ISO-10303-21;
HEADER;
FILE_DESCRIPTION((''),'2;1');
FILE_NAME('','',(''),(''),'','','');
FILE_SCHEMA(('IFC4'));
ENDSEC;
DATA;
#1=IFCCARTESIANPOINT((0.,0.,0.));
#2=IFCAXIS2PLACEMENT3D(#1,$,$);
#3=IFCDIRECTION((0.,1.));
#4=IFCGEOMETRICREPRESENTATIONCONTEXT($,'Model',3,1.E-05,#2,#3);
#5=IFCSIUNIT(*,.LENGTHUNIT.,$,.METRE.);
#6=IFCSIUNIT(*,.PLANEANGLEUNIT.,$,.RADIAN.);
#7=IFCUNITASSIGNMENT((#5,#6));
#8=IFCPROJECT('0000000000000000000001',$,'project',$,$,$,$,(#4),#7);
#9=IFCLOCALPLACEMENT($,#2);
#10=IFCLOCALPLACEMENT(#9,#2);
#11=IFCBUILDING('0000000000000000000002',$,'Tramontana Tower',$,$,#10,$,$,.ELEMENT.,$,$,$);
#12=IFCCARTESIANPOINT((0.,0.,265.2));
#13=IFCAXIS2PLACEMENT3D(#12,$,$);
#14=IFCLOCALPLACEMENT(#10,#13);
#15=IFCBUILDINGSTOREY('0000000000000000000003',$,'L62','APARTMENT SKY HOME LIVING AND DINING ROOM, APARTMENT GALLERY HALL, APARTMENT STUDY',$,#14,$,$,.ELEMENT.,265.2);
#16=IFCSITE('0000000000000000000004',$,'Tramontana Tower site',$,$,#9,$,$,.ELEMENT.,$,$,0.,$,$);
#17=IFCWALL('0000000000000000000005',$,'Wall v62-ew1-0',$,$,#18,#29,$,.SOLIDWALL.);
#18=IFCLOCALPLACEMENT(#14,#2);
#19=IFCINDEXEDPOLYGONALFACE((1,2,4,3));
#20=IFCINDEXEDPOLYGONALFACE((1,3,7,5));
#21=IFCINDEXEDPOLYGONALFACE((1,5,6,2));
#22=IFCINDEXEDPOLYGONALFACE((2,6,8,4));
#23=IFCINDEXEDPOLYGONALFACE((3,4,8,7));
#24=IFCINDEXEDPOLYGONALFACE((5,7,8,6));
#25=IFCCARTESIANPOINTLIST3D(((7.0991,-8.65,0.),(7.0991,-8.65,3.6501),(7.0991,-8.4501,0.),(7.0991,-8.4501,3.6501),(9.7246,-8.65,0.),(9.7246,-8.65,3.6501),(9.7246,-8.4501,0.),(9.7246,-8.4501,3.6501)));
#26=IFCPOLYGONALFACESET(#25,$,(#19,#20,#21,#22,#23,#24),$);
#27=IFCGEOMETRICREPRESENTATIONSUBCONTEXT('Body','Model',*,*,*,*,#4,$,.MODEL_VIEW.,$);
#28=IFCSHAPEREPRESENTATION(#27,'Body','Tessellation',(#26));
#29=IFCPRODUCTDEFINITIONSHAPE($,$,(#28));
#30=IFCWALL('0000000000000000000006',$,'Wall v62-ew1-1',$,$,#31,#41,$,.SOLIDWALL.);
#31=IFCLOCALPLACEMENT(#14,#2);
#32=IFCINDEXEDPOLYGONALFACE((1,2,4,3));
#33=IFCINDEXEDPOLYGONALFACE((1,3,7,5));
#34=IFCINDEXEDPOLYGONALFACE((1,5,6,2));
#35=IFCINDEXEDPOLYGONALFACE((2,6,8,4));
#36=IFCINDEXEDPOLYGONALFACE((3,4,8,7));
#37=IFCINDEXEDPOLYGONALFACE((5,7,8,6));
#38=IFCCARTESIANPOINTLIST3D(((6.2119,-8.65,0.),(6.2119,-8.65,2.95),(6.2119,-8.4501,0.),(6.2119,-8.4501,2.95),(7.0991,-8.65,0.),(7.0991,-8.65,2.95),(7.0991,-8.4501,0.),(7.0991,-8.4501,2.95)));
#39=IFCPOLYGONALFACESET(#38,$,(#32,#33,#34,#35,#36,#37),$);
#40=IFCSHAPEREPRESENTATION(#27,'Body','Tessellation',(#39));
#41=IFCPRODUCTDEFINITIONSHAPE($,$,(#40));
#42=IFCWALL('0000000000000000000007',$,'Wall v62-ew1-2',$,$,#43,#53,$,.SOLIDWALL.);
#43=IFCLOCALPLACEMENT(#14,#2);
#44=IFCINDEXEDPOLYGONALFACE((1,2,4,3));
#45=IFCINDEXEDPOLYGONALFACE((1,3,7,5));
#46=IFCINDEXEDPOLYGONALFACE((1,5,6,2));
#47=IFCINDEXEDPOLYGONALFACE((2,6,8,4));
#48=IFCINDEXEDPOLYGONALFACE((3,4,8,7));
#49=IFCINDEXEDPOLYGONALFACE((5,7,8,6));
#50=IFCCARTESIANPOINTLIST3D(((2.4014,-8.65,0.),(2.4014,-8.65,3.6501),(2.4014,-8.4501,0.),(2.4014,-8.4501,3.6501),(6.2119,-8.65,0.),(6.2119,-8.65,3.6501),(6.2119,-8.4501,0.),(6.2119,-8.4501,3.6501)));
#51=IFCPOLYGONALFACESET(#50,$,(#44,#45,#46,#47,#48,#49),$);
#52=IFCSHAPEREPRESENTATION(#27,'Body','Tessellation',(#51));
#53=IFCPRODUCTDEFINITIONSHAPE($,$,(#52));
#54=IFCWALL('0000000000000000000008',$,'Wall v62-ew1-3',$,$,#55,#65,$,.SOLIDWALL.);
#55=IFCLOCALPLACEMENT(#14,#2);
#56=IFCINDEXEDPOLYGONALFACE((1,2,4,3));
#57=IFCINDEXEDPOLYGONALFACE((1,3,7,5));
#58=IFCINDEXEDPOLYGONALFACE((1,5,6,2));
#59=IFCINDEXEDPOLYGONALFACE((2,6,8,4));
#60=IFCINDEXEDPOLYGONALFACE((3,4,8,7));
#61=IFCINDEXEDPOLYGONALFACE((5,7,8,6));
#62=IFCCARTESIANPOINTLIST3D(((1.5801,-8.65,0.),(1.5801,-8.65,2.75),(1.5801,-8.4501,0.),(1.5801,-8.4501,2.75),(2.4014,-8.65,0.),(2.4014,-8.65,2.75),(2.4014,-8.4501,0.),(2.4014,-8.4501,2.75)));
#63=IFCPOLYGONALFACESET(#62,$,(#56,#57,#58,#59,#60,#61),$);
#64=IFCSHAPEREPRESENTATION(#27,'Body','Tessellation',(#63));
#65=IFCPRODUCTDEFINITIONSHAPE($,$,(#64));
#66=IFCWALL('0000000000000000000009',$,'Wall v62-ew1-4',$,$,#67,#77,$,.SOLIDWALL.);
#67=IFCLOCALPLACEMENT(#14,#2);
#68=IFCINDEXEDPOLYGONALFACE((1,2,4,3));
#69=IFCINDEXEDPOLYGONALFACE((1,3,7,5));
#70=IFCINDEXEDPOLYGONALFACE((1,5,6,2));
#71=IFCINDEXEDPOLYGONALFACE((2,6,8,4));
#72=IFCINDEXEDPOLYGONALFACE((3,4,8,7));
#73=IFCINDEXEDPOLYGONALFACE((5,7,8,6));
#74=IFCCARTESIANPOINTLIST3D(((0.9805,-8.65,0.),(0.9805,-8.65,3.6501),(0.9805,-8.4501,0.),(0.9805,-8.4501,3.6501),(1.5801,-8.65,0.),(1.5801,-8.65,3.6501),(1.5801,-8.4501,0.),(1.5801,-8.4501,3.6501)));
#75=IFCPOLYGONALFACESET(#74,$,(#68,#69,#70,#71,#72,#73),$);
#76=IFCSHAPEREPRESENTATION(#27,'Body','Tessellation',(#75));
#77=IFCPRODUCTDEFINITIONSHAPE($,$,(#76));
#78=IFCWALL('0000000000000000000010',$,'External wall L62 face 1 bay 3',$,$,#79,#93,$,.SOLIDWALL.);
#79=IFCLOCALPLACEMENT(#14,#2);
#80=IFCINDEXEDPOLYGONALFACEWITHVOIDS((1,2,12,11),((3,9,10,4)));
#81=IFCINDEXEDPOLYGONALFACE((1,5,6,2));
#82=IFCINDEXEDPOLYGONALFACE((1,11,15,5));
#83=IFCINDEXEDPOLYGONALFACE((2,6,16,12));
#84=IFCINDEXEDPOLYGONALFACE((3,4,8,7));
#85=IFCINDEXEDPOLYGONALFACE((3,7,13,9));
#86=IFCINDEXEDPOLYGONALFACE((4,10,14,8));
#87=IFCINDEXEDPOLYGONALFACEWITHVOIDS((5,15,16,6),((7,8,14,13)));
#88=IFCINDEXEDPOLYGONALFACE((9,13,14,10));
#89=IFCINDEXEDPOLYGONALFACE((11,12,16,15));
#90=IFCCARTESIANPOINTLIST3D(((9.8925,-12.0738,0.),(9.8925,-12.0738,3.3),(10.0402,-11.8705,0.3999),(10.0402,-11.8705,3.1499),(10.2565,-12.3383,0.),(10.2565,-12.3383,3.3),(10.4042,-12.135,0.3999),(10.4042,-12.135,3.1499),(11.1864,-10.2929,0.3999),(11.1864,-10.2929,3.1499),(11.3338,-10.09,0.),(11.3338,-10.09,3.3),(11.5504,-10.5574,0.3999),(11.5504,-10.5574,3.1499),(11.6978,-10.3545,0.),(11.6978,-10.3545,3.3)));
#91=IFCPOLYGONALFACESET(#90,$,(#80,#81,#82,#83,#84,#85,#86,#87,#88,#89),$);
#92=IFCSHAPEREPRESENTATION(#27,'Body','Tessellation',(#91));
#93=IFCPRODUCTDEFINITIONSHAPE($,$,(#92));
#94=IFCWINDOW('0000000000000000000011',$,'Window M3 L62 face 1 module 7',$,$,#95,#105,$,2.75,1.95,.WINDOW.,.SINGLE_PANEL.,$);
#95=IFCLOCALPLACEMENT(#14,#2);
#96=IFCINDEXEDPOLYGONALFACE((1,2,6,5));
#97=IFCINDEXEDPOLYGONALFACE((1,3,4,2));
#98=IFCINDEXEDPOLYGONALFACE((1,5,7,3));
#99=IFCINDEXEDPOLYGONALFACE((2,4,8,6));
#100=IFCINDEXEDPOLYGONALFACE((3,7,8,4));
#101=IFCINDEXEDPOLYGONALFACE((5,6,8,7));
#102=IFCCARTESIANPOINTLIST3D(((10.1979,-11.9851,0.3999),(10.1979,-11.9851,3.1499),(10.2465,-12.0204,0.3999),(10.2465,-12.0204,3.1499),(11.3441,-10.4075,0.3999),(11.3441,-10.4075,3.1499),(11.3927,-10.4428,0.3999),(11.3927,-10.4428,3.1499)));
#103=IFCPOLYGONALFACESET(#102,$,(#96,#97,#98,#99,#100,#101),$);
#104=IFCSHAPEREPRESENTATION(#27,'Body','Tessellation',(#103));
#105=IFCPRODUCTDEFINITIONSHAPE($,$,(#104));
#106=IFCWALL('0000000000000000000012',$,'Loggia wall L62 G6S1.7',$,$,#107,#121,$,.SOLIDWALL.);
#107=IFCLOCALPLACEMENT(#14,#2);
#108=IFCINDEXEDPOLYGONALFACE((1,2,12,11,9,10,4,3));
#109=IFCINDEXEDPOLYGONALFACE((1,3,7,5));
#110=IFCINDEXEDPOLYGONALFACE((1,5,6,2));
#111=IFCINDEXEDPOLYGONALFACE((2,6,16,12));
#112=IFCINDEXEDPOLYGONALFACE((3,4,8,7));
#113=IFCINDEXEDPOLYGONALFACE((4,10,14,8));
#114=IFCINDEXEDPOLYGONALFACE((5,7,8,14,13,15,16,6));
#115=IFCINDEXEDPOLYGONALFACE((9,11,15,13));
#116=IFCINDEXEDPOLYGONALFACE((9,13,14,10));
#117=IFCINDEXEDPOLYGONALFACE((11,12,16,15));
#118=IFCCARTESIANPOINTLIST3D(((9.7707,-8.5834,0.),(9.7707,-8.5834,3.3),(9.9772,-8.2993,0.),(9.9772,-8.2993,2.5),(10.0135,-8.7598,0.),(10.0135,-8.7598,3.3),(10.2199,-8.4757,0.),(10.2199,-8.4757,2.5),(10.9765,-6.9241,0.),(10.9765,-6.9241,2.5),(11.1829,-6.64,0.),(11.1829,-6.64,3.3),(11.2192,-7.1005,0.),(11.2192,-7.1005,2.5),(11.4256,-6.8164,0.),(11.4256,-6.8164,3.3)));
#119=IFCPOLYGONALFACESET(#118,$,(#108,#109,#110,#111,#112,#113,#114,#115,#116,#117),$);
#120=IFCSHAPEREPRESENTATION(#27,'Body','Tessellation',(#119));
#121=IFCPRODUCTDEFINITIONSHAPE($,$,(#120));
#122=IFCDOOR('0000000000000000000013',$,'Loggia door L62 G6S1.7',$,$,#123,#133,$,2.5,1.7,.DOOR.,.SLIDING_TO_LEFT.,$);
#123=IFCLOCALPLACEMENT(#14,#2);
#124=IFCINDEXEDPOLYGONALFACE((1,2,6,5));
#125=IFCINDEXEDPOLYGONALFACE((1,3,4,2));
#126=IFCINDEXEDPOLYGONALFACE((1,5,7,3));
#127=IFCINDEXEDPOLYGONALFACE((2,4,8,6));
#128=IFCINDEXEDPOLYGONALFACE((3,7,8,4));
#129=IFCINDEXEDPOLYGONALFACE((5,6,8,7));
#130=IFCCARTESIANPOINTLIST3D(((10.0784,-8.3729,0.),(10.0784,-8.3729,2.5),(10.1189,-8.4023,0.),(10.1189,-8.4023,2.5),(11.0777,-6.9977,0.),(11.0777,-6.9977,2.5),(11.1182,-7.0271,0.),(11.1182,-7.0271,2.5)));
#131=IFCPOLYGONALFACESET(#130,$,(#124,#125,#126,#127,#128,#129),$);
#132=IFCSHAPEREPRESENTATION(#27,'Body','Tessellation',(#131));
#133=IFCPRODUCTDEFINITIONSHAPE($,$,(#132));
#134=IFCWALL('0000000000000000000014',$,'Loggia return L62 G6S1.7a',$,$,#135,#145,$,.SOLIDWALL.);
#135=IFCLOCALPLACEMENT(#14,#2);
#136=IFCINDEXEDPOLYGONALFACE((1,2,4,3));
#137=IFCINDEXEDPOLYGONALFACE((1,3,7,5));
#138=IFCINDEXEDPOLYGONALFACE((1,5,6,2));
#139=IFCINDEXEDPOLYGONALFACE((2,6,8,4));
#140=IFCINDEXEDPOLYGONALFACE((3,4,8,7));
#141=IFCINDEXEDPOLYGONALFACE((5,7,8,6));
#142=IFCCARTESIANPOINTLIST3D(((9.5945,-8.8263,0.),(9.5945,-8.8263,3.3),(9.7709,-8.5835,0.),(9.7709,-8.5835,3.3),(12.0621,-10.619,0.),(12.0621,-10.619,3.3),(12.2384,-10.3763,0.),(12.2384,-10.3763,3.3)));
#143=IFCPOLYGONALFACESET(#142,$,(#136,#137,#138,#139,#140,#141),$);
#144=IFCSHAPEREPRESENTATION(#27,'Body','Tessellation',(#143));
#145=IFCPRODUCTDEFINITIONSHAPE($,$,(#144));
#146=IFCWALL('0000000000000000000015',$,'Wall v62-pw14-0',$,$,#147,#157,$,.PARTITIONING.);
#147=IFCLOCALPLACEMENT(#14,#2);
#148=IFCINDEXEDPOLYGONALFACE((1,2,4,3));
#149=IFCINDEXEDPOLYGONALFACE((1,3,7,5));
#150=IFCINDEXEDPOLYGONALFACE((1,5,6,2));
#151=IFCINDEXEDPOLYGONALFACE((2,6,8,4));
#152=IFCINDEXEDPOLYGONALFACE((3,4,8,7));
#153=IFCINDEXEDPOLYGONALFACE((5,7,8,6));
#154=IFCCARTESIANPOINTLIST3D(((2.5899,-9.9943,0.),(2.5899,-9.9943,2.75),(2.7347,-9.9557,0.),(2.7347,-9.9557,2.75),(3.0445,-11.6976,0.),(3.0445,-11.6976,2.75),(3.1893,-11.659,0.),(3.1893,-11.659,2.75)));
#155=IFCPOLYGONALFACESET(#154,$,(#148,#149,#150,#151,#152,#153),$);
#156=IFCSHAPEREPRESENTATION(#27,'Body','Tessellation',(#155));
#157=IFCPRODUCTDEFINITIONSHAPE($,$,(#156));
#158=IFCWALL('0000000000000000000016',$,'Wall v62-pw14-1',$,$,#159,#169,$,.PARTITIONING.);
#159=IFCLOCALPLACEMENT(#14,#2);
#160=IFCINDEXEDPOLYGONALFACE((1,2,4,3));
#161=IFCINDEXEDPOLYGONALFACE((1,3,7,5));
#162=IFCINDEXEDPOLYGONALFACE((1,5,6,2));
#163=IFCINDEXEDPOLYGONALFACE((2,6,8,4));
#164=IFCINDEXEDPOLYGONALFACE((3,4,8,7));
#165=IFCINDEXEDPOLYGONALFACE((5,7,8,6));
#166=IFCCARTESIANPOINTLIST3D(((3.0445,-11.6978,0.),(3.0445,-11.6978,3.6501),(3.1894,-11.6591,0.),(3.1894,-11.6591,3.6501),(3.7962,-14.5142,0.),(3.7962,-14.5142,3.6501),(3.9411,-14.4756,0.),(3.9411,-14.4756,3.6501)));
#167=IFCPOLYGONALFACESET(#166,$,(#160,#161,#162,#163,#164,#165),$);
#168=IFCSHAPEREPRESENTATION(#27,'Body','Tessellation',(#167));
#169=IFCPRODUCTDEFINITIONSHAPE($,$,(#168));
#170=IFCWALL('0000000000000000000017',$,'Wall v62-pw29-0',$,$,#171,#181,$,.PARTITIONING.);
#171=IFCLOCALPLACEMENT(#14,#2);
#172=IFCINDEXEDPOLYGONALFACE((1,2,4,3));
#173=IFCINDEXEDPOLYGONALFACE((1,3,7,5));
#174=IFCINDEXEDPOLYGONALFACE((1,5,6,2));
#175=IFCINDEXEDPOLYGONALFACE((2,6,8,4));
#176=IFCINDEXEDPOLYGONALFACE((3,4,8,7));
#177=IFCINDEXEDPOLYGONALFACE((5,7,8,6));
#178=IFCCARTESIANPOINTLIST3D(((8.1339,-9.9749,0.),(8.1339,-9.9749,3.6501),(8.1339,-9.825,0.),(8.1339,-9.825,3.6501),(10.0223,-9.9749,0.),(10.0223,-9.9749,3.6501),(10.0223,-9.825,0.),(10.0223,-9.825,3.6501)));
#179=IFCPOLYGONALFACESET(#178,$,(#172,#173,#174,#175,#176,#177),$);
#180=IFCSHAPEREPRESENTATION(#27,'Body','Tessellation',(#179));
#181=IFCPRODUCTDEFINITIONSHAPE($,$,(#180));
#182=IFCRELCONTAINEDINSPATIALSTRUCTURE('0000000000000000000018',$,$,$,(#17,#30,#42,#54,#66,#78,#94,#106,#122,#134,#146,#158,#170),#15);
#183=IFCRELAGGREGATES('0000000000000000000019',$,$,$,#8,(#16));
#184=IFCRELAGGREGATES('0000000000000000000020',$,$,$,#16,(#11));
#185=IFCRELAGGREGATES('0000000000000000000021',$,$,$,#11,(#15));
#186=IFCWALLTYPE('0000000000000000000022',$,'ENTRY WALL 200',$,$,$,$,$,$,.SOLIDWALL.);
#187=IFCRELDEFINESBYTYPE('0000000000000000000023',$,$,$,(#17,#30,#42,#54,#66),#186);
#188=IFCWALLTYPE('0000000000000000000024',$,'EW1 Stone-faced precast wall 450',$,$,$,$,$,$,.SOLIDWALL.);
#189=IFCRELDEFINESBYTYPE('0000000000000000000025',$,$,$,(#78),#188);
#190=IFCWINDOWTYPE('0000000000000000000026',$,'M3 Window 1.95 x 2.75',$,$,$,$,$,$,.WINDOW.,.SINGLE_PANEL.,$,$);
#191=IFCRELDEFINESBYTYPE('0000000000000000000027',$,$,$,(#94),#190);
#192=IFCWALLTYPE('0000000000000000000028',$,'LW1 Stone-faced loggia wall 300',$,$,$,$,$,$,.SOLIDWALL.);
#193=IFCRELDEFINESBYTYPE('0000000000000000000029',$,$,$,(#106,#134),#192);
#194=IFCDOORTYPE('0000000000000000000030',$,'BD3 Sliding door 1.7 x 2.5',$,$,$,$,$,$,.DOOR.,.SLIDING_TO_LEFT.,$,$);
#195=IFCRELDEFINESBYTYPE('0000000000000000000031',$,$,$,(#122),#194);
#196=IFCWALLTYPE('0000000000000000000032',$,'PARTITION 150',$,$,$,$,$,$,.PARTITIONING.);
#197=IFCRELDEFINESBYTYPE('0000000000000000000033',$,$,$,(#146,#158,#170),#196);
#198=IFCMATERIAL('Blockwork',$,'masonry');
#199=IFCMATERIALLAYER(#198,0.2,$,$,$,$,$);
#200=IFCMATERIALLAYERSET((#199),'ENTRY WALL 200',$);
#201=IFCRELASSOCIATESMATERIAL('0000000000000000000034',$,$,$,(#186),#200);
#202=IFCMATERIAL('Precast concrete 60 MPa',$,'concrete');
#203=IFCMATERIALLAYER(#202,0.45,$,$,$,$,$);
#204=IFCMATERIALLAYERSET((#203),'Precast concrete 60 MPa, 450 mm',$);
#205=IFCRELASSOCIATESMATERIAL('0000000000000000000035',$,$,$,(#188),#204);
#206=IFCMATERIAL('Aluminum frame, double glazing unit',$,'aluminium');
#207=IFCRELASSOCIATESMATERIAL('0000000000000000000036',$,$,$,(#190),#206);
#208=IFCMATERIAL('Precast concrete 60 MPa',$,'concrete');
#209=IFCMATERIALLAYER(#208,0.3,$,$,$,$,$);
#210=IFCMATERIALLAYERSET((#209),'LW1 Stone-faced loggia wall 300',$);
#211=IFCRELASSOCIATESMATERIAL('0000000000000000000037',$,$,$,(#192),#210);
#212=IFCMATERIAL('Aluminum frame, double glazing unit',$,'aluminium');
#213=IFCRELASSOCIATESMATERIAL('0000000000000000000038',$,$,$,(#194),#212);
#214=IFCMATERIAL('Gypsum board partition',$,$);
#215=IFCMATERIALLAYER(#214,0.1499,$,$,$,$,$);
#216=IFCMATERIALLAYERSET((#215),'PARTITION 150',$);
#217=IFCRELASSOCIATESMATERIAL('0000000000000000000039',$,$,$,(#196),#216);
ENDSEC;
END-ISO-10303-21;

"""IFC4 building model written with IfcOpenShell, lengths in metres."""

from ifc_helpers import new_model, si_unit, direction, frame, frame_2d, origin, place, context, subcontext, project, spatial, rectangle, extrude, material, layer, layer_set, type_object, element, fill, save


model = new_model("IFC4")

# Units and contexts
model_context = context("Model", 3, precision=1e-05, world=origin(), true_north=direction((0.0, 1.0)))
body_context = subcontext(model_context, "Body", "Model", "MODEL_VIEW")
ifc_project = project(units=[si_unit("LENGTHUNIT", "METRE"), si_unit("PLANEANGLEUNIT", "RADIAN")], contexts=[model_context])

# Site, building, storey
site_placement = place(None, origin())
site = spatial("IfcSite", under=ifc_project, at=site_placement, Name="Tramontana Tower site", CompositionType="ELEMENT", RefElevation=0.0)
building_placement = place(site_placement, origin())
building = spatial("IfcBuilding", under=site, at=building_placement, Name="Tramontana Tower", CompositionType="ELEMENT")
storey_placement = place(building_placement, frame((0.0, 0.0, 265.2)))
storey = spatial("IfcBuildingStorey", under=building, at=storey_placement, Name="L62", Description="APARTMENT SKY HOME LIVING AND DINING ROOM, APARTMENT GALLERY HALL, APARTMENT STUDY", CompositionType="ELEMENT", Elevation=265.2)

# Walls
ifc_material_1 = material(Name="Blockwork", Category="masonry")
ifc_layer_1 = layer(ifc_material_1, 0.2)
ifc_layer_set_1 = layer_set([ifc_layer_1], Name="ENTRY WALL 200")
wall_type_1 = type_object("IfcWallType", Name="ENTRY WALL 200", PredefinedType="SOLIDWALL", material=ifc_layer_set_1)
wall_1_placement = place(storey_placement, frame((9.7246, -8.55, 0.0), z_axis=(0.0, 0.0, 1.0), x_axis=(-1.0, 0.0, 0.0)))
element("IfcWall", 1, at=wall_1_placement, inside=storey, type_object=wall_type_1, Name="Wall v62-ew1-0", PredefinedType="SOLIDWALL", context=body_context, shape_type="SweptSolid", body=[
    extrude(rectangle(XDim=2.6255, YDim=0.2, at=frame_2d((1.3127, 0.0))), origin(), (0.0, 0.0, 1.0), 3.6501),
])
wall_2_placement = place(storey_placement, frame((7.0991, -8.55, 0.0), z_axis=(0.0, 0.0, 1.0), x_axis=(-1.0, 0.0, 0.0)))
element("IfcWall", 2, at=wall_2_placement, inside=storey, type_object=wall_type_1, Name="Wall v62-ew1-1", PredefinedType="SOLIDWALL", context=body_context, shape_type="SweptSolid", body=[
    extrude(rectangle(XDim=0.8872, YDim=0.2, at=frame_2d((0.4436, 0.0))), origin(), (0.0, 0.0, 1.0), 2.95),
])
wall_3_placement = place(storey_placement, frame((6.2119, -8.55, 0.0), z_axis=(0.0, 0.0, 1.0), x_axis=(-1.0, 0.0, 0.0)))
element("IfcWall", 3, at=wall_3_placement, inside=storey, type_object=wall_type_1, Name="Wall v62-ew1-2", PredefinedType="SOLIDWALL", context=body_context, shape_type="SweptSolid", body=[
    extrude(rectangle(XDim=3.8105, YDim=0.2, at=frame_2d((1.9053, 0.0))), origin(), (0.0, 0.0, 1.0), 3.6501),
])
wall_4_placement = place(storey_placement, frame((2.4014, -8.55, 0.0), z_axis=(0.0, 0.0, 1.0), x_axis=(-1.0, 0.0, 0.0)))
element("IfcWall", 4, at=wall_4_placement, inside=storey, type_object=wall_type_1, Name="Wall v62-ew1-3", PredefinedType="SOLIDWALL", context=body_context, shape_type="SweptSolid", body=[
    extrude(rectangle(XDim=0.8213, YDim=0.2, at=frame_2d((0.4106, 0.0))), origin(), (0.0, 0.0, 1.0), 2.75),
])
wall_5_placement = place(storey_placement, frame((1.5801, -8.55, 0.0), z_axis=(0.0, 0.0, 1.0), x_axis=(-1.0, 0.0, 0.0)))
element("IfcWall", 5, at=wall_5_placement, inside=storey, type_object=wall_type_1, Name="Wall v62-ew1-4", PredefinedType="SOLIDWALL", context=body_context, shape_type="SweptSolid", body=[
    extrude(rectangle(XDim=0.5996, YDim=0.2, at=frame_2d((0.2998, 0.0))), origin(), (0.0, 0.0, 1.0), 3.6501),
])

# Wall, opening, window
ifc_material_2 = material(Name="Precast concrete 60 MPa", Category="concrete")
ifc_layer_2 = layer(ifc_material_2, 0.45)
ifc_layer_set_2 = layer_set([ifc_layer_2], Name="Precast concrete 60 MPa, 450 mm")
wall_type_2 = type_object("IfcWallType", Name="EW1 Stone-faced precast wall 450", PredefinedType="SOLIDWALL", material=ifc_layer_set_2)
wall_6_placement = place(storey_placement, frame((10.0745, -12.2061, 0.0), z_axis=(0.0, 0.0, 1.0), x_axis=(0.587793, 0.809012, 0.0)))
wall_6 = element("IfcWall", 6, at=wall_6_placement, inside=storey, type_object=wall_type_2, Name="External wall L62 face 1 bay 3", PredefinedType="SOLIDWALL", context=body_context, shape_type="SweptSolid", body=[
    extrude(rectangle(XDim=2.4521, YDim=0.45, at=frame_2d((1.2261, 0.0))), origin(), (0.0, 0.0, 1.0), 3.3),
])
opening_1_placement = place(wall_6_placement, frame((0.2512, 0.0, 0.3999)))
opening_1 = element("IfcOpeningElement", 7, at=opening_1_placement, cuts=wall_6, PredefinedType="OPENING", context=body_context, shape_type="SweptSolid", body=[
    extrude(rectangle(XDim=1.95, YDim=2.75, at=frame_2d((0.9751, 1.375))), frame((0.0, 0.2349, 0.0), z_axis=(0.0, -1.0, 0.0), x_axis=(1.0, 0.0, 0.0)), (0.0, 0.0, 1.0), 0.47),
])
ifc_material_3 = material(Name="Aluminum frame, double glazing unit", Category="aluminium")
window_type = type_object("IfcWindowType", Name="M3 Window 1.95 x 2.75", PartitioningType="SINGLE_PANEL", PredefinedType="WINDOW", material=ifc_material_3)
window_placement = place(opening_1_placement, origin())
window = element("IfcWindow", 8, at=window_placement, inside=storey, type_object=window_type, Name="Window M3 L62 face 1 module 7", OverallHeight=2.75, OverallWidth=1.95, PartitioningType="SINGLE_PANEL", PredefinedType="WINDOW", context=body_context, shape_type="SweptSolid", body=[
    extrude(rectangle(XDim=1.95, YDim=2.75, at=frame_2d((0.9751, 1.375))), frame((0.0, 0.03, 0.0), z_axis=(0.0, -1.0, 0.0), x_axis=(1.0, 0.0, 0.0)), (0.0, 0.0, 1.0), 0.0601),
])
fill(opening_1, window)

# Wall, opening, door
ifc_material_4 = material(Name="Precast concrete 60 MPa", Category="concrete")
ifc_layer_3 = layer(ifc_material_4, 0.3)
ifc_layer_set_3 = layer_set([ifc_layer_3], Name="LW1 Stone-faced loggia wall 300")
wall_type_3 = type_object("IfcWallType", Name="LW1 Stone-faced loggia wall 300", PredefinedType="SOLIDWALL", material=ifc_layer_set_3)
wall_7_placement = place(storey_placement, frame((9.8921, -8.6716, 0.0), z_axis=(0.0, 0.0, 1.0), x_axis=(0.587833, 0.808982, 0.0)))
wall_7 = element("IfcWall", 9, at=wall_7_placement, inside=storey, type_object=wall_type_3, Name="Loggia wall L62 G6S1.7", PredefinedType="SOLIDWALL", context=body_context, shape_type="SweptSolid", body=[
    extrude(rectangle(XDim=2.4023, YDim=0.3, at=frame_2d((1.2012, 0.0))), origin(), (0.0, 0.0, 1.0), 3.3),
])
opening_2_placement = place(wall_7_placement, frame((0.3511, 0.0, 0.0)))
opening_2 = element("IfcOpeningElement", 10, at=opening_2_placement, cuts=wall_7, PredefinedType="OPENING", context=body_context, shape_type="SweptSolid", body=[
    extrude(rectangle(XDim=1.7, YDim=2.5, at=frame_2d((0.8501, 1.25))), frame((0.0, 0.1599, 0.0), z_axis=(0.0, -1.0, 0.0), x_axis=(1.0, 0.0, 0.0)), (0.0, 0.0, 1.0), 0.3201),
])
ifc_material_5 = material(Name="Aluminum frame, double glazing unit", Category="aluminium")
door_type_1 = type_object("IfcDoorType", Name="BD3 Sliding door 1.7 x 2.5", OperationType="SLIDING_TO_LEFT", PredefinedType="DOOR", material=ifc_material_5)
door_1_placement = place(opening_2_placement, origin())
door_1 = element("IfcDoor", 11, at=door_1_placement, inside=storey, type_object=door_type_1, Name="Loggia door L62 G6S1.7", OperationType="SLIDING_TO_LEFT", OverallHeight=2.5, OverallWidth=1.7, PredefinedType="DOOR", context=body_context, shape_type="SweptSolid", body=[
    extrude(rectangle(XDim=1.7, YDim=2.5, at=frame_2d((0.8501, 1.25))), frame((0.0, 0.0249, 0.0), z_axis=(0.0, -1.0, 0.0), x_axis=(1.0, 0.0, 0.0)), (0.0, 0.0, 1.0), 0.05),
])
fill(opening_2, door_1)

# Wall
wall_8_placement = place(storey_placement, frame((12.1501, -10.4976, 0.0), z_axis=(0.0, 0.0, 1.0), x_axis=(-0.809023, 0.587777, 0.0)))
element("IfcWall", 12, at=wall_8_placement, inside=storey, type_object=wall_type_3, Name="Loggia return L62 G6S1.7a", PredefinedType="SOLIDWALL", context=body_context, shape_type="SweptSolid", body=[
    extrude(rectangle(XDim=3.05, YDim=0.3, at=frame_2d((1.5249, 0.0))), origin(), (0.0, 0.0, 1.0), 3.3),
])

# Shared definitions
ifc_material_6 = material(Name="Gypsum board partition")
ifc_layer_4 = layer(ifc_material_6, 0.1499)
ifc_layer_set_4 = layer_set([ifc_layer_4], Name="PARTITION 150")
wall_type_4 = type_object("IfcWallType", Name="PARTITION 150", PredefinedType="PARTITIONING", material=ifc_layer_set_4)

# Walls
wall_9_placement = place(storey_placement, frame((2.6624, -9.9751, 0.0), z_axis=(0.0, 0.0, 1.0), x_axis=(0.257852, -0.966184, 0.0)))
element("IfcWall", 13, at=wall_9_placement, inside=storey, type_object=wall_type_4, Name="Wall v62-pw14-0", PredefinedType="PARTITIONING", context=body_context, shape_type="SweptSolid", body=[
    extrude(rectangle(XDim=1.7629, YDim=0.1499, at=frame_2d((0.8813, 0.0))), origin(), (0.0, 0.0, 1.0), 2.75),
])
wall_10_placement = place(storey_placement, frame((3.1169, -11.6785, 0.0), z_axis=(0.0, 0.0, 1.0), x_axis=(0.257876, -0.966178, 0.0)))
element("IfcWall", 14, at=wall_10_placement, inside=storey, type_object=wall_type_4, Name="Wall v62-pw14-1", PredefinedType="PARTITIONING", context=body_context, shape_type="SweptSolid", body=[
    extrude(rectangle(XDim=2.915, YDim=0.1499, at=frame_2d((1.4575, 0.0))), origin(), (0.0, 0.0, 1.0), 3.6501),
])

# Wall
wall_11_placement = place(storey_placement, frame((10.0225, -9.8999, 0.0), z_axis=(0.0, 0.0, 1.0), x_axis=(-1.0, 0.0, 0.0)))
element("IfcWall", 15, at=wall_11_placement, inside=storey, type_object=wall_type_4, Name="Wall v62-pw29-0", PredefinedType="PARTITIONING", context=body_context, shape_type="SweptSolid", body=[
    extrude(rectangle(XDim=1.8884, YDim=0.1499, at=frame_2d((0.9443, 0.0))), origin(), (0.0, 0.0, 1.0), 3.6501),
])

save(model, "model.ifc")
